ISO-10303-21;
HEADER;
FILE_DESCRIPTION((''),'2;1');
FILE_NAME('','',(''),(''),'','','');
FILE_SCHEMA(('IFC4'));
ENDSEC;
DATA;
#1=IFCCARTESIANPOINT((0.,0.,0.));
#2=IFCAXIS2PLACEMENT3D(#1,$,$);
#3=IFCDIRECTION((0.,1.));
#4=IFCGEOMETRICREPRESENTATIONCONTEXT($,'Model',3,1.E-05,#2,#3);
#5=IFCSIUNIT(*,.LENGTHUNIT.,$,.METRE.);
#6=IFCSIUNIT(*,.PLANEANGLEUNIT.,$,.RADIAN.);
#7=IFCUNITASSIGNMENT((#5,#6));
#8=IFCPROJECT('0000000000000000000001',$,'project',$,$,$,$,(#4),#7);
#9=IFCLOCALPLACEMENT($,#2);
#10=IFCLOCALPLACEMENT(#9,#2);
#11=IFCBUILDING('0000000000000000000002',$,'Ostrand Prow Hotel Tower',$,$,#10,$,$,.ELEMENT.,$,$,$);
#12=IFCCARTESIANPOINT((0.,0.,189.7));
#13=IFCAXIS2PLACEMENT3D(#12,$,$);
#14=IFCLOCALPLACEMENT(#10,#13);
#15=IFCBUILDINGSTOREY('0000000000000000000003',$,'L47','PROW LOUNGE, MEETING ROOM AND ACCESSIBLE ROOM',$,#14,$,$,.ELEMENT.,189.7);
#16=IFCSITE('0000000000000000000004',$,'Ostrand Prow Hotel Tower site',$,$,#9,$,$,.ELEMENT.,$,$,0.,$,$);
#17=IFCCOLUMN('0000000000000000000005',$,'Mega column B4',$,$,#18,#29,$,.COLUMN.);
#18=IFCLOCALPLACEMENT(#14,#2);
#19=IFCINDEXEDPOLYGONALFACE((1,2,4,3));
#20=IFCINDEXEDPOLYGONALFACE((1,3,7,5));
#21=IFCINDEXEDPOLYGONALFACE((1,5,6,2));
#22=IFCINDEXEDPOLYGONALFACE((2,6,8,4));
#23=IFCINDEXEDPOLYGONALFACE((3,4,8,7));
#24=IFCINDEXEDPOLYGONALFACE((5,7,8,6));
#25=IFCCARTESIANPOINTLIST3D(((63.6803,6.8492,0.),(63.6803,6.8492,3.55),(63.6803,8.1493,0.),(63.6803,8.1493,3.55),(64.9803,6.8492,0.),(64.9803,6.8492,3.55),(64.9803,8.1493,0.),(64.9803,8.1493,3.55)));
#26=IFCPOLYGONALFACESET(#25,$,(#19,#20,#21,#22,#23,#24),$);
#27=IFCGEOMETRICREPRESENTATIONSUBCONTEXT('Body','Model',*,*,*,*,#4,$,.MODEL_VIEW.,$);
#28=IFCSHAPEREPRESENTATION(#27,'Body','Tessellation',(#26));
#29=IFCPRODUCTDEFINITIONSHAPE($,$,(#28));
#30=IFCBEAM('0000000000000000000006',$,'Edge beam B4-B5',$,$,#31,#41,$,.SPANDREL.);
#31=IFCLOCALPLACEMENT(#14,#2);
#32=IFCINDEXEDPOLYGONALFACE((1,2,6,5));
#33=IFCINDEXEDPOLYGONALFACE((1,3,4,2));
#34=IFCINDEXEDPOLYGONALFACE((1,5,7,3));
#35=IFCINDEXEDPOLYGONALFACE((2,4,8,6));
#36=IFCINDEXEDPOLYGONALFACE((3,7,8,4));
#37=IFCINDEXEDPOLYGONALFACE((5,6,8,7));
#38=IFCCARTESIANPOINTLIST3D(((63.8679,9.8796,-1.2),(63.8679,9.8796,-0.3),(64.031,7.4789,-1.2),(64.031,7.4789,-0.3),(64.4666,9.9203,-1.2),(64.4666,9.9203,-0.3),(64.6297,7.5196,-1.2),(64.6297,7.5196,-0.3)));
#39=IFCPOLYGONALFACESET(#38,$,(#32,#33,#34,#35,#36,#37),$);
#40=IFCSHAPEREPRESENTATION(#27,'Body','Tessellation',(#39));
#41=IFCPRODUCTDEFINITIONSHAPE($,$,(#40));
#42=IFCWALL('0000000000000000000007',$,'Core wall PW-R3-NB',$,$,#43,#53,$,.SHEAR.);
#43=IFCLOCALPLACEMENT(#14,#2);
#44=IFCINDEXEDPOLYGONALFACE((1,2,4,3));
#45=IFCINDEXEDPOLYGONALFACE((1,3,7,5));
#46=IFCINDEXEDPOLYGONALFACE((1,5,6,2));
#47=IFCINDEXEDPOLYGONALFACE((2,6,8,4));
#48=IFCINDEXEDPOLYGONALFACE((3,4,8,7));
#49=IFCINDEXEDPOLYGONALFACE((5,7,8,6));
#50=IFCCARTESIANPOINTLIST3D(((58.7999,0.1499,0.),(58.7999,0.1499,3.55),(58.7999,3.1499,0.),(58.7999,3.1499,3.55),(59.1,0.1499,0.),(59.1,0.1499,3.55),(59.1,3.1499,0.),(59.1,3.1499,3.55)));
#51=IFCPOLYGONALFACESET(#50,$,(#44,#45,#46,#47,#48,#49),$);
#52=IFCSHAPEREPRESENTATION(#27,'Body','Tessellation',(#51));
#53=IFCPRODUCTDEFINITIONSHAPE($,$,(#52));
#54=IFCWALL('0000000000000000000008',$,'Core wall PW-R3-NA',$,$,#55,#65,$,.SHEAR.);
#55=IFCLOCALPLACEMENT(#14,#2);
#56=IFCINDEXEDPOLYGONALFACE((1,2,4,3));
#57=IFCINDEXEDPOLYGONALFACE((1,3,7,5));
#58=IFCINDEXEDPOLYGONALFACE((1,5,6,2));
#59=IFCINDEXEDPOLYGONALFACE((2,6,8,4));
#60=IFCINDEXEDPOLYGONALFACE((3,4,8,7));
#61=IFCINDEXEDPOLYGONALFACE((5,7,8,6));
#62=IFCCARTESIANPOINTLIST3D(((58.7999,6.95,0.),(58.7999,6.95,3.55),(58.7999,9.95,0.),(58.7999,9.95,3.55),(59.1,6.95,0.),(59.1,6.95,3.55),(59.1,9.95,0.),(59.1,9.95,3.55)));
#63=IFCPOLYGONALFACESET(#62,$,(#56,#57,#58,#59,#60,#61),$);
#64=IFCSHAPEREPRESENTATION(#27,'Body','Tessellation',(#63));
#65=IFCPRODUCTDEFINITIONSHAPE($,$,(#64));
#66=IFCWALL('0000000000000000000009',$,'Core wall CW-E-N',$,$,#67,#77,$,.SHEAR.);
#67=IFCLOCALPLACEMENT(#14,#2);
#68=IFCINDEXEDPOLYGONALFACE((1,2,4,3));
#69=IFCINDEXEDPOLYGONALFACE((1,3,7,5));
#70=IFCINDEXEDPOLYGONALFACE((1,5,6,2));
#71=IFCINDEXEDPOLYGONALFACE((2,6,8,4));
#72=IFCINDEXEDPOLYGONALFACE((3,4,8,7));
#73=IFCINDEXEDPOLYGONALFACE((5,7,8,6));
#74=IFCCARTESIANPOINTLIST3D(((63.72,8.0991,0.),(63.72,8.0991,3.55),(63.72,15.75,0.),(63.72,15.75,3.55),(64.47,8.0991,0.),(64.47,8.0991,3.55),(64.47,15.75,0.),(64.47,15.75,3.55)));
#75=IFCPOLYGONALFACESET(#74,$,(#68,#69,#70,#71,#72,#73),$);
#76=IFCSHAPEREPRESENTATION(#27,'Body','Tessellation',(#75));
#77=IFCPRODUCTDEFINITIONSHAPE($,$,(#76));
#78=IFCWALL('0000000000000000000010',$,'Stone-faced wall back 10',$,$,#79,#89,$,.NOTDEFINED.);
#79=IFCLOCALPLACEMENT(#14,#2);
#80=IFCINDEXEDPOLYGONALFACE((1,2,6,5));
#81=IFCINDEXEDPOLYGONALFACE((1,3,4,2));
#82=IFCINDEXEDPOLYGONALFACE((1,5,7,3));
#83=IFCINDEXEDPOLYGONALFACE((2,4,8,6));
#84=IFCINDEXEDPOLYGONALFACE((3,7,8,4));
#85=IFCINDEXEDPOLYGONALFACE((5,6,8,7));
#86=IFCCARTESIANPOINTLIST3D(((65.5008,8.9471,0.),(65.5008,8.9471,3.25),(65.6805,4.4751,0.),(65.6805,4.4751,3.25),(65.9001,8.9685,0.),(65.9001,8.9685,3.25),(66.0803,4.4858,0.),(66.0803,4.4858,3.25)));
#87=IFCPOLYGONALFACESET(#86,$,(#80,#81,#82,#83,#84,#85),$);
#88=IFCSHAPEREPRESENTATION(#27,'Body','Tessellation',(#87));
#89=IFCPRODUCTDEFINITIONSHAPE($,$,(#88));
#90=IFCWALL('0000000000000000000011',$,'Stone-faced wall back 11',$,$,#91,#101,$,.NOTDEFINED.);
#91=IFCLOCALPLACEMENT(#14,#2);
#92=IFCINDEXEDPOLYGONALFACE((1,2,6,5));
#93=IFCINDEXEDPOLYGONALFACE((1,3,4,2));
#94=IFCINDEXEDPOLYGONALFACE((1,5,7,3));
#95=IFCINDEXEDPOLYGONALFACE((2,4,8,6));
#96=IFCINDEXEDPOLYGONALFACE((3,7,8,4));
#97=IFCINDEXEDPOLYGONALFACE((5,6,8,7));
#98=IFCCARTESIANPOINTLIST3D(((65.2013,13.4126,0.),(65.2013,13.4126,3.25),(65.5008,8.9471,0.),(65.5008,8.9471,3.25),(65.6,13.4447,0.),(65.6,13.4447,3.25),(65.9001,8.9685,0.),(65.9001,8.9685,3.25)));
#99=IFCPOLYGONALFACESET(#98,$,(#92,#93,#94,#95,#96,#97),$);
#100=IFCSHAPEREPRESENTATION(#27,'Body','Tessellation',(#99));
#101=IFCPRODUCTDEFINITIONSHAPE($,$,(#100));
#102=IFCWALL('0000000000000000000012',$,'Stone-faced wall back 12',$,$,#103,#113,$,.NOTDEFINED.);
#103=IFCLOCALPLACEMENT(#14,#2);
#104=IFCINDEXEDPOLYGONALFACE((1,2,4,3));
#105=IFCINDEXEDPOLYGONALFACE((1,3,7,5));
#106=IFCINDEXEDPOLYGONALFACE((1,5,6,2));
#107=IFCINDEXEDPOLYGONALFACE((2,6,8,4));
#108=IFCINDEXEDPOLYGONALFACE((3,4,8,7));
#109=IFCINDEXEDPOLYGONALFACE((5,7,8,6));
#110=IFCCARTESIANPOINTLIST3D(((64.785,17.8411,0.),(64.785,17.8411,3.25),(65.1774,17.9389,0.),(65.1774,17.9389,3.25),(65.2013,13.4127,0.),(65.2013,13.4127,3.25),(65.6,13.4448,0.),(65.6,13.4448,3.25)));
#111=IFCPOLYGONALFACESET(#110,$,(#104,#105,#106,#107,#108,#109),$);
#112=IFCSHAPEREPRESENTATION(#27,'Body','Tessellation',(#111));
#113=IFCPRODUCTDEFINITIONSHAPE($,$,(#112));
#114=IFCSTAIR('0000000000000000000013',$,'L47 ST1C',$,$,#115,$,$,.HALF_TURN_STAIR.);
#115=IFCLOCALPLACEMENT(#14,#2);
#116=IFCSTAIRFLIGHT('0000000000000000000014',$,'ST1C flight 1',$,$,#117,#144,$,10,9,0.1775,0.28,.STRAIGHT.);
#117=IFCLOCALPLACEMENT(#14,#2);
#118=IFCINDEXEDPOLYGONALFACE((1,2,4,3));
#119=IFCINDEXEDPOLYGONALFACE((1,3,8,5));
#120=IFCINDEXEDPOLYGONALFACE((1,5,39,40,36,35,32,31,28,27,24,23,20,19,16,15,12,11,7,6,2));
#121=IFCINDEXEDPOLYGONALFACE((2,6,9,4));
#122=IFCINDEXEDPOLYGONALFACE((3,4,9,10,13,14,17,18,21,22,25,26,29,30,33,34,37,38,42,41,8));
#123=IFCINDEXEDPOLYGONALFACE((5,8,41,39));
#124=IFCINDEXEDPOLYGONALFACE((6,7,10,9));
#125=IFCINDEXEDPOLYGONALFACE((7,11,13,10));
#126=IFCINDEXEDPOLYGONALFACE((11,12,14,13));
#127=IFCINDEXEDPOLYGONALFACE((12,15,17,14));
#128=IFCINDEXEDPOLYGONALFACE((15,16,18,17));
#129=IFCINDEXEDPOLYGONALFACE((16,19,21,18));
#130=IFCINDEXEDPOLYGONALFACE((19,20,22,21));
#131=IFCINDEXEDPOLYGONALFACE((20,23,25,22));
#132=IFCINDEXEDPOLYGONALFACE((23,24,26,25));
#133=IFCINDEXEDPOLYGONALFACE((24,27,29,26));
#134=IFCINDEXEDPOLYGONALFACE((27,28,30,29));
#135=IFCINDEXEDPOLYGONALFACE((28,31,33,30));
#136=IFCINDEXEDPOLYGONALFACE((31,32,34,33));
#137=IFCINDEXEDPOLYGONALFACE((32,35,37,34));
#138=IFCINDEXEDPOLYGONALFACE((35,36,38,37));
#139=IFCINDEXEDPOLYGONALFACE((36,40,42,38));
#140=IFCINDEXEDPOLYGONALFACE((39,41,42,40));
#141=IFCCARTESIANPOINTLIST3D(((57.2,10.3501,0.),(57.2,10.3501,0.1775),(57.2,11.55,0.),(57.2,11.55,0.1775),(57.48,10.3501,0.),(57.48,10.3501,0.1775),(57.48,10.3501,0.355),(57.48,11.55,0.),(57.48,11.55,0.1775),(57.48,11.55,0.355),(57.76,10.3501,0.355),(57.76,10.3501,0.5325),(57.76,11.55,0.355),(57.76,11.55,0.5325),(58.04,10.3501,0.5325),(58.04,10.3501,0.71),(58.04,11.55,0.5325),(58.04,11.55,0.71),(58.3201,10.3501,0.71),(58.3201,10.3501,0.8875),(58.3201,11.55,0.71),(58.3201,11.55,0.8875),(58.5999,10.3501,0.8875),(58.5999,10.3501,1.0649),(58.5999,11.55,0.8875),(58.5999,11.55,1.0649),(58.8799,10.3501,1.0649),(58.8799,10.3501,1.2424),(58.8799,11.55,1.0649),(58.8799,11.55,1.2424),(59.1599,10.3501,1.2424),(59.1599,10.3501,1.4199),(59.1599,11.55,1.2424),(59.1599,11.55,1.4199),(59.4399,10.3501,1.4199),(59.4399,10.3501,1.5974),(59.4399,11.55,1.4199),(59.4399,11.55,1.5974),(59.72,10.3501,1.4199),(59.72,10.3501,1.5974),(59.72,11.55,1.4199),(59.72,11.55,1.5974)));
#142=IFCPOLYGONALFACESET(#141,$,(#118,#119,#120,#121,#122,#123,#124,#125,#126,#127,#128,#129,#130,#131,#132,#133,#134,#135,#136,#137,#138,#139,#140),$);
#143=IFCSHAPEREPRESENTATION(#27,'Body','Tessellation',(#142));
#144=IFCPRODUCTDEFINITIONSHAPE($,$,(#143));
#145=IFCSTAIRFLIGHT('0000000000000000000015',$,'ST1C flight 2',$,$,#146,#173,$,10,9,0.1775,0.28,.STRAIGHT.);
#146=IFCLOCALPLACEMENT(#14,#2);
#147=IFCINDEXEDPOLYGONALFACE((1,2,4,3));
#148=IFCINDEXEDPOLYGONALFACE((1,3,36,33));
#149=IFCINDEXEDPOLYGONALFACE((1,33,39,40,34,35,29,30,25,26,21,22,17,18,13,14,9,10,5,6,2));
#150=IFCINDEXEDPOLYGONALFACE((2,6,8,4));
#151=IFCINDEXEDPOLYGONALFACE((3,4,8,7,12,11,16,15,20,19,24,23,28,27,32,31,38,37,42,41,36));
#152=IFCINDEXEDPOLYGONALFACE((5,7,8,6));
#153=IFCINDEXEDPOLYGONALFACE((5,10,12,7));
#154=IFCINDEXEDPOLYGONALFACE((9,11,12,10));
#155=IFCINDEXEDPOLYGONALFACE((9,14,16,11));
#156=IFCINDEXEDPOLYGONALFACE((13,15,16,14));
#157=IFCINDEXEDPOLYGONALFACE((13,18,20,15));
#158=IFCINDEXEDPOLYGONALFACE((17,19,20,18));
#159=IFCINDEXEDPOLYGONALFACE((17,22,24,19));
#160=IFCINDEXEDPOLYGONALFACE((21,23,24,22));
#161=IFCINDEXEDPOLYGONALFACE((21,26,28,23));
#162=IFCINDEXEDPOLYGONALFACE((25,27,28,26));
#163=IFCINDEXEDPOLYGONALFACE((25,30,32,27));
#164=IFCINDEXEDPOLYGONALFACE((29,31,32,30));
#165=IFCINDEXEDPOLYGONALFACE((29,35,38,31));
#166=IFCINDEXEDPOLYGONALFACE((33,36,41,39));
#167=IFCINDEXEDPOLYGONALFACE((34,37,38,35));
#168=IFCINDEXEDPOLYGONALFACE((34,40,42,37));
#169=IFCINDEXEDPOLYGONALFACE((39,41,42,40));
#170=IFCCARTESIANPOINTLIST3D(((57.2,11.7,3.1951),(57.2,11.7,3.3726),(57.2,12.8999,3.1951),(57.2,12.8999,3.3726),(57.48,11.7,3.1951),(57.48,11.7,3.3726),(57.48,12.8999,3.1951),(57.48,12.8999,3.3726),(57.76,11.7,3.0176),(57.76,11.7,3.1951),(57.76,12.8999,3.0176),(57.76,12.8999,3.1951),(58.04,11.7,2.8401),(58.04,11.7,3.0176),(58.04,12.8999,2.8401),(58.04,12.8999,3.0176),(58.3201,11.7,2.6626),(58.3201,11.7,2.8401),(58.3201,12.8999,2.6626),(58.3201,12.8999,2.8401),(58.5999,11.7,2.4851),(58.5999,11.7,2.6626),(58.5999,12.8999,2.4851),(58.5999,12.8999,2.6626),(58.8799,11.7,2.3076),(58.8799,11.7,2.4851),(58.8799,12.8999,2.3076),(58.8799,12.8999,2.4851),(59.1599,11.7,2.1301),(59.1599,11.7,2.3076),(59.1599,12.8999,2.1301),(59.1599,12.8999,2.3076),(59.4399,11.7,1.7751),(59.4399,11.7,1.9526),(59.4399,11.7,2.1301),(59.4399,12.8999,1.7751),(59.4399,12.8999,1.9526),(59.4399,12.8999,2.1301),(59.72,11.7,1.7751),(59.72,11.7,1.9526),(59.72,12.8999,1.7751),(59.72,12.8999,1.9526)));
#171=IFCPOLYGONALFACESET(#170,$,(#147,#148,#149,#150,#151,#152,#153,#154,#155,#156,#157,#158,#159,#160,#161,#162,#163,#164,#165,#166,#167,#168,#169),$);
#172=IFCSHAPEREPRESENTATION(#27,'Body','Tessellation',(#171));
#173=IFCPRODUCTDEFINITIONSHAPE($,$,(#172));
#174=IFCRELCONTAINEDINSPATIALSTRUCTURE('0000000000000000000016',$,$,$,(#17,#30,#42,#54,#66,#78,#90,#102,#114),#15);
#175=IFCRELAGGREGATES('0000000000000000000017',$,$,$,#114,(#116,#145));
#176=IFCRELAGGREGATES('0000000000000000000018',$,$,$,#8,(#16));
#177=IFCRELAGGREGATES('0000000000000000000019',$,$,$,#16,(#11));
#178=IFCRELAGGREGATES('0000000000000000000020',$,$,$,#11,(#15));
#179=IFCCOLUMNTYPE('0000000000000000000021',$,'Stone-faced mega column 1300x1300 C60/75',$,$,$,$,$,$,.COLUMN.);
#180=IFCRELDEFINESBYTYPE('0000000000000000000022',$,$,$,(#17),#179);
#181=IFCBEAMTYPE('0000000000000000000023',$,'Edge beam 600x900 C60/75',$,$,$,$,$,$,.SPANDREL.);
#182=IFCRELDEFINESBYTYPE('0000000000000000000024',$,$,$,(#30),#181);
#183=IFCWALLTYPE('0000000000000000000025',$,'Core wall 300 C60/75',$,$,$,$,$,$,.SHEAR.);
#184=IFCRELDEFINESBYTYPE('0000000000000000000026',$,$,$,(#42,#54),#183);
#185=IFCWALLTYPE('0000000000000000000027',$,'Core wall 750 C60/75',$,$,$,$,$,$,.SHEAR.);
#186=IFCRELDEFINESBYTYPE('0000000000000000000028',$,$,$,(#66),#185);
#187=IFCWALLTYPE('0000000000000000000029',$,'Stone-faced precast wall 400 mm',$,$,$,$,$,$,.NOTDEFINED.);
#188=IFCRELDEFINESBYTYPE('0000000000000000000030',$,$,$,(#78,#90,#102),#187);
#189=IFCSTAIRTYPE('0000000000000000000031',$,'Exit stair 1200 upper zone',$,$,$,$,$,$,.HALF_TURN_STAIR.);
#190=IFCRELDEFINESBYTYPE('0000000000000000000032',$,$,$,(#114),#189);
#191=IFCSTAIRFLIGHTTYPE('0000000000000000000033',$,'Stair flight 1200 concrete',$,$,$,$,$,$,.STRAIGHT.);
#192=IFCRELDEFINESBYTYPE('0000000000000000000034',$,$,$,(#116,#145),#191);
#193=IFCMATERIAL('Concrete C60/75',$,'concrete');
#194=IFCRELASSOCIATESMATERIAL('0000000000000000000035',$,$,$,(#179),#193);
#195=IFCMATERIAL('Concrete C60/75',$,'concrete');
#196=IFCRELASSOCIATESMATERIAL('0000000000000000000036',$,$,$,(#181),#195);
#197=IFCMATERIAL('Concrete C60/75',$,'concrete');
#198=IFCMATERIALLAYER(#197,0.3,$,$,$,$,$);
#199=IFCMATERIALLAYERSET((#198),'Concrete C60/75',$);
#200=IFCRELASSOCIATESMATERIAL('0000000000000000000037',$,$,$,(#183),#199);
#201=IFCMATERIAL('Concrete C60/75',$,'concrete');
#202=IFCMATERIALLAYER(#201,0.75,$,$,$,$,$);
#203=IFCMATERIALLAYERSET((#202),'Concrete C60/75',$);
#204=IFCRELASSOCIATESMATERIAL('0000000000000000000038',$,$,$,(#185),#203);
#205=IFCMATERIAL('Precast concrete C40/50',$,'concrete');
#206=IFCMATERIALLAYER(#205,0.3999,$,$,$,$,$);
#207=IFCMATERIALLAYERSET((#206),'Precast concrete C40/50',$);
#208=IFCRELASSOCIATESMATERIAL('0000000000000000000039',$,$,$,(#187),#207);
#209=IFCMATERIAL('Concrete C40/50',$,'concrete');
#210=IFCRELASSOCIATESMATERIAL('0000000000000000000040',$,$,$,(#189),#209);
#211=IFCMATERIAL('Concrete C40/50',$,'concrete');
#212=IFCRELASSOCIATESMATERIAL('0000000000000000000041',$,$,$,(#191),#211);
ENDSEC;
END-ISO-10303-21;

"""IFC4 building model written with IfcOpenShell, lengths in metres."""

from ifc_helpers import new_model, si_unit, direction, frame, frame_2d, origin, origin_2d, place, context, subcontext, project, spatial, polyline, rectangle, outline, extrude, material, layer, layer_set, material_profile, profile_set, type_object, element, aggregate, save


model = new_model("IFC4")

# Units and contexts
model_context = context("Model", 3, precision=1e-05, world=origin(), true_north=direction((0.0, 1.0)))
body_context = subcontext(model_context, "Body", "Model", "MODEL_VIEW")
ifc_project = project(units=[si_unit("LENGTHUNIT", "METRE"), si_unit("PLANEANGLEUNIT", "RADIAN")], contexts=[model_context])

# Site, building, storey
site_placement = place(None, origin())
site = spatial("IfcSite", under=ifc_project, at=site_placement, Name="Ostrand Prow Hotel Tower site", CompositionType="ELEMENT", RefElevation=0.0)
building_placement = place(site_placement, origin())
building = spatial("IfcBuilding", under=site, at=building_placement, Name="Ostrand Prow Hotel Tower", CompositionType="ELEMENT")
storey_placement = place(building_placement, frame((0.0, 0.0, 189.7)))
storey = spatial("IfcBuildingStorey", under=building, at=storey_placement, Name="L47", Description="PROW LOUNGE, MEETING ROOM AND ACCESSIBLE ROOM", CompositionType="ELEMENT", Elevation=189.7)

# Column
ifc_material_1 = material(Name="Concrete C60/75", Category="concrete")
ifc_material_profile_1 = material_profile(ifc_material_1, rectangle(XDim=1.3, YDim=1.3, at=origin_2d()), Name="RC 1300x1300")
ifc_profile_set_1 = profile_set([ifc_material_profile_1], Name="Concrete C60/75")
column_type = type_object("IfcColumnType", Name="Stone-faced mega column 1300x1300 C60/75", PredefinedType="COLUMN", material=ifc_profile_set_1)
column_placement = place(storey_placement, frame((64.3303, 7.4993, 0.0), z_axis=(0.0, 0.0, 1.0), x_axis=(1.0, 0.0, 0.0)))
element("IfcColumn", 1, at=column_placement, inside=storey, type_object=column_type, Name="Mega column B4", PredefinedType="COLUMN", context=body_context, shape_type="SweptSolid", body=[
    extrude(rectangle(XDim=1.3, YDim=1.3, at=origin_2d()), origin(), (0.0, 0.0, 1.0), 3.55),
])

# Beam
ifc_material_2 = material(Name="Concrete C60/75", Category="concrete")
ifc_material_profile_2 = material_profile(ifc_material_2, rectangle(XDim=0.6001, YDim=0.8999, at=origin_2d()), Name="RC 600x900")
ifc_profile_set_2 = profile_set([ifc_material_profile_2], Name="Concrete C60/75")
beam_type = type_object("IfcBeamType", Name="Edge beam 600x900 C60/75", PredefinedType="SPANDREL", material=ifc_profile_set_2)
beam_placement = place(storey_placement, frame((64.3303, 7.4993, -0.75), z_axis=(-0.067778, 0.9977, 0.0), x_axis=(-0.9977, -0.067778, 0.0)))
element("IfcBeam", 2, at=beam_placement, inside=storey, type_object=beam_type, Name="Edge beam B4-B5", PredefinedType="SPANDREL", context=body_context, shape_type="SweptSolid", body=[
    extrude(rectangle(XDim=0.6001, YDim=0.8999, at=origin_2d()), origin(), (0.0, 0.0, 1.0), 2.4062),
])

# Walls
ifc_material_3 = material(Name="Concrete C60/75", Category="concrete")
ifc_layer_1 = layer(ifc_material_3, 0.3)
ifc_layer_set_1 = layer_set([ifc_layer_1], Name="Concrete C60/75")
wall_type_1 = type_object("IfcWallType", Name="Core wall 300 C60/75", PredefinedType="SHEAR", material=ifc_layer_set_1)
for number, where, z_axis, x_axis, name in (
    (3, (58.95, 0.1499, 0.0), (0.0, 0.0, 1.0), (0.0, 1.0, 0.0), "Core wall PW-R3-NB"),
    (4, (58.95, 6.95, 0.0), (0.0, 0.0, 1.0), (0.0, 1.0, 0.0), "Core wall PW-R3-NA"),
):
    element("IfcWall", number, at=place(storey_placement, frame(where, z_axis=z_axis, x_axis=x_axis)), inside=storey, type_object=wall_type_1, Name=name, PredefinedType="SHEAR", context=body_context, shape_type="SweptSolid", body=[
        extrude(rectangle(XDim=3.0, YDim=0.3, at=frame_2d((1.5, 0.0))), origin(), (0.0, 0.0, 1.0), 3.55),
    ])
ifc_material_4 = material(Name="Concrete C60/75", Category="concrete")
ifc_layer_2 = layer(ifc_material_4, 0.75)
ifc_layer_set_2 = layer_set([ifc_layer_2], Name="Concrete C60/75")
wall_type_2 = type_object("IfcWallType", Name="Core wall 750 C60/75", PredefinedType="SHEAR", material=ifc_layer_set_2)
wall_1_placement = place(storey_placement, frame((64.095, 8.0991, 0.0), z_axis=(0.0, 0.0, 1.0), x_axis=(0.0, 1.0, 0.0)))
element("IfcWall", 5, at=wall_1_placement, inside=storey, type_object=wall_type_2, Name="Core wall CW-E-N", PredefinedType="SHEAR", context=body_context, shape_type="SweptSolid", body=[
    extrude(rectangle(XDim=7.6509, YDim=0.75, at=frame_2d((3.8254, 0.0))), origin(), (0.0, 0.0, 1.0), 3.55),
])
ifc_material_5 = material(Name="Precast concrete C40/50", Category="concrete")
ifc_layer_3 = layer(ifc_material_5, 0.3999)
ifc_layer_set_3 = layer_set([ifc_layer_3], Name="Precast concrete C40/50")
wall_type_3 = type_object("IfcWallType", Name="Stone-faced precast wall 400 mm", PredefinedType="NOTDEFINED", material=ifc_layer_set_3)
for number, where, z_axis, x_axis, name in (
    (6, (65.8804, 4.4805, 0.0), (0.0, 0.0, 1.0), (-0.040155, 0.999193, 0.0), "Stone-faced wall back 10"),
    (7, (65.7004, 8.9578, 0.0), (0.0, 0.0, 1.0), (-0.066906, 0.997759, 0.0), "Stone-faced wall back 11"),
):
    element("IfcWall", number, at=place(storey_placement, frame(where, z_axis=z_axis, x_axis=x_axis)), inside=storey, type_object=wall_type_3, Name=name, PredefinedType="NOTDEFINED", context=body_context, shape_type="SweptSolid", body=[
        extrude(outline(polyline([(-0.0027, -0.2), (4.4836, -0.2), (4.4783, 0.2), (0.0027, 0.2), (-0.0027, -0.2)])), origin(), (0.0, 0.0, 1.0), 3.25),
    ])
wall_2_placement = place(storey_placement, frame((65.4006, 13.4287, 0.0), z_axis=(0.0, 0.0, 1.0), x_axis=(-0.093606, 0.995609, 0.0)))
element("IfcWall", 8, at=wall_2_placement, inside=storey, type_object=wall_type_3, Name="Stone-faced wall back 12", PredefinedType="NOTDEFINED", context=body_context, shape_type="SweptSolid", body=[
    extrude(outline(polyline([(-0.0027, -0.2), (4.5112, -0.2), (4.4507, 0.2), (0.0027, 0.2), (-0.0027, -0.2)])), origin(), (0.0, 0.0, 1.0), 3.25),
])

# Stair, stair flights
ifc_material_6 = material(Name="Concrete C40/50", Category="concrete")
stair_type = type_object("IfcStairType", Name="Exit stair 1200 upper zone", PredefinedType="HALF_TURN_STAIR", material=ifc_material_6)
stair_1_placement = place(storey_placement, origin())
stair_1 = element("IfcStair", 9, at=stair_1_placement, inside=storey, type_object=stair_type, Name="L47 ST1C", PredefinedType="HALF_TURN_STAIR")
ifc_material_7 = material(Name="Concrete C40/50", Category="concrete")
stair_flight_type = type_object("IfcStairFlightType", Name="Stair flight 1200 concrete", PredefinedType="STRAIGHT", material=ifc_material_7)
stair_flight_1_placement = place(storey_placement, frame((57.2, 10.95, 0.0), z_axis=(0.0, 0.0, 1.0), x_axis=(1.0, 0.0, 0.0)))
stair_flight_1 = element("IfcStairFlight", 10, at=stair_flight_1_placement, type_object=stair_flight_type, Name="ST1C flight 1", NumberOfRisers=10, NumberOfTreads=9, PredefinedType="STRAIGHT", RiserHeight=0.1775, TreadLength=0.28, context=body_context, shape_type="SweptSolid", body=[
    extrude(outline(polyline([(0.0, 0.0), (0.0, 0.1775), (0.28, 0.1775), (0.28, 0.355), (0.5601, 0.355), (0.5601, 0.5325), (0.8401, 0.5325), (0.8401, 0.71), (1.1201, 0.71), (1.1201, 0.8875), (1.3999, 0.8875), (1.3999, 1.0649), (1.6799, 1.0649), (1.6799, 1.2424), (1.96, 1.2424), (1.96, 1.4199), (2.24, 1.4199), (2.24, 1.5974), (2.52, 1.5974), (2.52, 1.7749), (2.52, 1.4199), (0.28, 0.0), (0.0, 0.0)])), frame((0.0, 0.6001, 0.0), z_axis=(0.0, -1.0, 0.0), x_axis=(1.0, 0.0, 0.0)), (0.0, 0.0, 1.0), 1.2),
])
stair_flight_2_placement = place(storey_placement, frame((59.72, 12.3, 1.7751), z_axis=(0.0, 0.0, 1.0), x_axis=(-1.0, 0.0, 0.0)))
stair_flight_2 = element("IfcStairFlight", 11, at=stair_flight_2_placement, type_object=stair_flight_type, Name="ST1C flight 2", NumberOfRisers=10, NumberOfTreads=9, PredefinedType="STRAIGHT", RiserHeight=0.1775, TreadLength=0.28, context=body_context, shape_type="SweptSolid", body=[
    extrude(outline(polyline([(0.0, 0.0), (0.0, 0.1775), (0.28, 0.1775), (0.28, 0.355), (0.5601, 0.355), (0.5601, 0.5325), (0.8401, 0.5325), (0.8401, 0.71), (1.1201, 0.71), (1.1201, 0.8875), (1.3999, 0.8875), (1.3999, 1.0649), (1.6799, 1.0649), (1.6799, 1.2424), (1.96, 1.2424), (1.96, 1.4199), (2.24, 1.4199), (2.24, 1.5974), (2.52, 1.5974), (2.52, 1.7749), (2.52, 1.4199), (0.28, 0.0), (0.0, 0.0)])), frame((0.0, 0.6001, 0.0), z_axis=(0.0, -1.0, 0.0), x_axis=(1.0, 0.0, 0.0)), (0.0, 0.0, 1.0), 1.2),
])
aggregate(stair_1, [stair_flight_1, stair_flight_2])

save(model, "model.ifc")
